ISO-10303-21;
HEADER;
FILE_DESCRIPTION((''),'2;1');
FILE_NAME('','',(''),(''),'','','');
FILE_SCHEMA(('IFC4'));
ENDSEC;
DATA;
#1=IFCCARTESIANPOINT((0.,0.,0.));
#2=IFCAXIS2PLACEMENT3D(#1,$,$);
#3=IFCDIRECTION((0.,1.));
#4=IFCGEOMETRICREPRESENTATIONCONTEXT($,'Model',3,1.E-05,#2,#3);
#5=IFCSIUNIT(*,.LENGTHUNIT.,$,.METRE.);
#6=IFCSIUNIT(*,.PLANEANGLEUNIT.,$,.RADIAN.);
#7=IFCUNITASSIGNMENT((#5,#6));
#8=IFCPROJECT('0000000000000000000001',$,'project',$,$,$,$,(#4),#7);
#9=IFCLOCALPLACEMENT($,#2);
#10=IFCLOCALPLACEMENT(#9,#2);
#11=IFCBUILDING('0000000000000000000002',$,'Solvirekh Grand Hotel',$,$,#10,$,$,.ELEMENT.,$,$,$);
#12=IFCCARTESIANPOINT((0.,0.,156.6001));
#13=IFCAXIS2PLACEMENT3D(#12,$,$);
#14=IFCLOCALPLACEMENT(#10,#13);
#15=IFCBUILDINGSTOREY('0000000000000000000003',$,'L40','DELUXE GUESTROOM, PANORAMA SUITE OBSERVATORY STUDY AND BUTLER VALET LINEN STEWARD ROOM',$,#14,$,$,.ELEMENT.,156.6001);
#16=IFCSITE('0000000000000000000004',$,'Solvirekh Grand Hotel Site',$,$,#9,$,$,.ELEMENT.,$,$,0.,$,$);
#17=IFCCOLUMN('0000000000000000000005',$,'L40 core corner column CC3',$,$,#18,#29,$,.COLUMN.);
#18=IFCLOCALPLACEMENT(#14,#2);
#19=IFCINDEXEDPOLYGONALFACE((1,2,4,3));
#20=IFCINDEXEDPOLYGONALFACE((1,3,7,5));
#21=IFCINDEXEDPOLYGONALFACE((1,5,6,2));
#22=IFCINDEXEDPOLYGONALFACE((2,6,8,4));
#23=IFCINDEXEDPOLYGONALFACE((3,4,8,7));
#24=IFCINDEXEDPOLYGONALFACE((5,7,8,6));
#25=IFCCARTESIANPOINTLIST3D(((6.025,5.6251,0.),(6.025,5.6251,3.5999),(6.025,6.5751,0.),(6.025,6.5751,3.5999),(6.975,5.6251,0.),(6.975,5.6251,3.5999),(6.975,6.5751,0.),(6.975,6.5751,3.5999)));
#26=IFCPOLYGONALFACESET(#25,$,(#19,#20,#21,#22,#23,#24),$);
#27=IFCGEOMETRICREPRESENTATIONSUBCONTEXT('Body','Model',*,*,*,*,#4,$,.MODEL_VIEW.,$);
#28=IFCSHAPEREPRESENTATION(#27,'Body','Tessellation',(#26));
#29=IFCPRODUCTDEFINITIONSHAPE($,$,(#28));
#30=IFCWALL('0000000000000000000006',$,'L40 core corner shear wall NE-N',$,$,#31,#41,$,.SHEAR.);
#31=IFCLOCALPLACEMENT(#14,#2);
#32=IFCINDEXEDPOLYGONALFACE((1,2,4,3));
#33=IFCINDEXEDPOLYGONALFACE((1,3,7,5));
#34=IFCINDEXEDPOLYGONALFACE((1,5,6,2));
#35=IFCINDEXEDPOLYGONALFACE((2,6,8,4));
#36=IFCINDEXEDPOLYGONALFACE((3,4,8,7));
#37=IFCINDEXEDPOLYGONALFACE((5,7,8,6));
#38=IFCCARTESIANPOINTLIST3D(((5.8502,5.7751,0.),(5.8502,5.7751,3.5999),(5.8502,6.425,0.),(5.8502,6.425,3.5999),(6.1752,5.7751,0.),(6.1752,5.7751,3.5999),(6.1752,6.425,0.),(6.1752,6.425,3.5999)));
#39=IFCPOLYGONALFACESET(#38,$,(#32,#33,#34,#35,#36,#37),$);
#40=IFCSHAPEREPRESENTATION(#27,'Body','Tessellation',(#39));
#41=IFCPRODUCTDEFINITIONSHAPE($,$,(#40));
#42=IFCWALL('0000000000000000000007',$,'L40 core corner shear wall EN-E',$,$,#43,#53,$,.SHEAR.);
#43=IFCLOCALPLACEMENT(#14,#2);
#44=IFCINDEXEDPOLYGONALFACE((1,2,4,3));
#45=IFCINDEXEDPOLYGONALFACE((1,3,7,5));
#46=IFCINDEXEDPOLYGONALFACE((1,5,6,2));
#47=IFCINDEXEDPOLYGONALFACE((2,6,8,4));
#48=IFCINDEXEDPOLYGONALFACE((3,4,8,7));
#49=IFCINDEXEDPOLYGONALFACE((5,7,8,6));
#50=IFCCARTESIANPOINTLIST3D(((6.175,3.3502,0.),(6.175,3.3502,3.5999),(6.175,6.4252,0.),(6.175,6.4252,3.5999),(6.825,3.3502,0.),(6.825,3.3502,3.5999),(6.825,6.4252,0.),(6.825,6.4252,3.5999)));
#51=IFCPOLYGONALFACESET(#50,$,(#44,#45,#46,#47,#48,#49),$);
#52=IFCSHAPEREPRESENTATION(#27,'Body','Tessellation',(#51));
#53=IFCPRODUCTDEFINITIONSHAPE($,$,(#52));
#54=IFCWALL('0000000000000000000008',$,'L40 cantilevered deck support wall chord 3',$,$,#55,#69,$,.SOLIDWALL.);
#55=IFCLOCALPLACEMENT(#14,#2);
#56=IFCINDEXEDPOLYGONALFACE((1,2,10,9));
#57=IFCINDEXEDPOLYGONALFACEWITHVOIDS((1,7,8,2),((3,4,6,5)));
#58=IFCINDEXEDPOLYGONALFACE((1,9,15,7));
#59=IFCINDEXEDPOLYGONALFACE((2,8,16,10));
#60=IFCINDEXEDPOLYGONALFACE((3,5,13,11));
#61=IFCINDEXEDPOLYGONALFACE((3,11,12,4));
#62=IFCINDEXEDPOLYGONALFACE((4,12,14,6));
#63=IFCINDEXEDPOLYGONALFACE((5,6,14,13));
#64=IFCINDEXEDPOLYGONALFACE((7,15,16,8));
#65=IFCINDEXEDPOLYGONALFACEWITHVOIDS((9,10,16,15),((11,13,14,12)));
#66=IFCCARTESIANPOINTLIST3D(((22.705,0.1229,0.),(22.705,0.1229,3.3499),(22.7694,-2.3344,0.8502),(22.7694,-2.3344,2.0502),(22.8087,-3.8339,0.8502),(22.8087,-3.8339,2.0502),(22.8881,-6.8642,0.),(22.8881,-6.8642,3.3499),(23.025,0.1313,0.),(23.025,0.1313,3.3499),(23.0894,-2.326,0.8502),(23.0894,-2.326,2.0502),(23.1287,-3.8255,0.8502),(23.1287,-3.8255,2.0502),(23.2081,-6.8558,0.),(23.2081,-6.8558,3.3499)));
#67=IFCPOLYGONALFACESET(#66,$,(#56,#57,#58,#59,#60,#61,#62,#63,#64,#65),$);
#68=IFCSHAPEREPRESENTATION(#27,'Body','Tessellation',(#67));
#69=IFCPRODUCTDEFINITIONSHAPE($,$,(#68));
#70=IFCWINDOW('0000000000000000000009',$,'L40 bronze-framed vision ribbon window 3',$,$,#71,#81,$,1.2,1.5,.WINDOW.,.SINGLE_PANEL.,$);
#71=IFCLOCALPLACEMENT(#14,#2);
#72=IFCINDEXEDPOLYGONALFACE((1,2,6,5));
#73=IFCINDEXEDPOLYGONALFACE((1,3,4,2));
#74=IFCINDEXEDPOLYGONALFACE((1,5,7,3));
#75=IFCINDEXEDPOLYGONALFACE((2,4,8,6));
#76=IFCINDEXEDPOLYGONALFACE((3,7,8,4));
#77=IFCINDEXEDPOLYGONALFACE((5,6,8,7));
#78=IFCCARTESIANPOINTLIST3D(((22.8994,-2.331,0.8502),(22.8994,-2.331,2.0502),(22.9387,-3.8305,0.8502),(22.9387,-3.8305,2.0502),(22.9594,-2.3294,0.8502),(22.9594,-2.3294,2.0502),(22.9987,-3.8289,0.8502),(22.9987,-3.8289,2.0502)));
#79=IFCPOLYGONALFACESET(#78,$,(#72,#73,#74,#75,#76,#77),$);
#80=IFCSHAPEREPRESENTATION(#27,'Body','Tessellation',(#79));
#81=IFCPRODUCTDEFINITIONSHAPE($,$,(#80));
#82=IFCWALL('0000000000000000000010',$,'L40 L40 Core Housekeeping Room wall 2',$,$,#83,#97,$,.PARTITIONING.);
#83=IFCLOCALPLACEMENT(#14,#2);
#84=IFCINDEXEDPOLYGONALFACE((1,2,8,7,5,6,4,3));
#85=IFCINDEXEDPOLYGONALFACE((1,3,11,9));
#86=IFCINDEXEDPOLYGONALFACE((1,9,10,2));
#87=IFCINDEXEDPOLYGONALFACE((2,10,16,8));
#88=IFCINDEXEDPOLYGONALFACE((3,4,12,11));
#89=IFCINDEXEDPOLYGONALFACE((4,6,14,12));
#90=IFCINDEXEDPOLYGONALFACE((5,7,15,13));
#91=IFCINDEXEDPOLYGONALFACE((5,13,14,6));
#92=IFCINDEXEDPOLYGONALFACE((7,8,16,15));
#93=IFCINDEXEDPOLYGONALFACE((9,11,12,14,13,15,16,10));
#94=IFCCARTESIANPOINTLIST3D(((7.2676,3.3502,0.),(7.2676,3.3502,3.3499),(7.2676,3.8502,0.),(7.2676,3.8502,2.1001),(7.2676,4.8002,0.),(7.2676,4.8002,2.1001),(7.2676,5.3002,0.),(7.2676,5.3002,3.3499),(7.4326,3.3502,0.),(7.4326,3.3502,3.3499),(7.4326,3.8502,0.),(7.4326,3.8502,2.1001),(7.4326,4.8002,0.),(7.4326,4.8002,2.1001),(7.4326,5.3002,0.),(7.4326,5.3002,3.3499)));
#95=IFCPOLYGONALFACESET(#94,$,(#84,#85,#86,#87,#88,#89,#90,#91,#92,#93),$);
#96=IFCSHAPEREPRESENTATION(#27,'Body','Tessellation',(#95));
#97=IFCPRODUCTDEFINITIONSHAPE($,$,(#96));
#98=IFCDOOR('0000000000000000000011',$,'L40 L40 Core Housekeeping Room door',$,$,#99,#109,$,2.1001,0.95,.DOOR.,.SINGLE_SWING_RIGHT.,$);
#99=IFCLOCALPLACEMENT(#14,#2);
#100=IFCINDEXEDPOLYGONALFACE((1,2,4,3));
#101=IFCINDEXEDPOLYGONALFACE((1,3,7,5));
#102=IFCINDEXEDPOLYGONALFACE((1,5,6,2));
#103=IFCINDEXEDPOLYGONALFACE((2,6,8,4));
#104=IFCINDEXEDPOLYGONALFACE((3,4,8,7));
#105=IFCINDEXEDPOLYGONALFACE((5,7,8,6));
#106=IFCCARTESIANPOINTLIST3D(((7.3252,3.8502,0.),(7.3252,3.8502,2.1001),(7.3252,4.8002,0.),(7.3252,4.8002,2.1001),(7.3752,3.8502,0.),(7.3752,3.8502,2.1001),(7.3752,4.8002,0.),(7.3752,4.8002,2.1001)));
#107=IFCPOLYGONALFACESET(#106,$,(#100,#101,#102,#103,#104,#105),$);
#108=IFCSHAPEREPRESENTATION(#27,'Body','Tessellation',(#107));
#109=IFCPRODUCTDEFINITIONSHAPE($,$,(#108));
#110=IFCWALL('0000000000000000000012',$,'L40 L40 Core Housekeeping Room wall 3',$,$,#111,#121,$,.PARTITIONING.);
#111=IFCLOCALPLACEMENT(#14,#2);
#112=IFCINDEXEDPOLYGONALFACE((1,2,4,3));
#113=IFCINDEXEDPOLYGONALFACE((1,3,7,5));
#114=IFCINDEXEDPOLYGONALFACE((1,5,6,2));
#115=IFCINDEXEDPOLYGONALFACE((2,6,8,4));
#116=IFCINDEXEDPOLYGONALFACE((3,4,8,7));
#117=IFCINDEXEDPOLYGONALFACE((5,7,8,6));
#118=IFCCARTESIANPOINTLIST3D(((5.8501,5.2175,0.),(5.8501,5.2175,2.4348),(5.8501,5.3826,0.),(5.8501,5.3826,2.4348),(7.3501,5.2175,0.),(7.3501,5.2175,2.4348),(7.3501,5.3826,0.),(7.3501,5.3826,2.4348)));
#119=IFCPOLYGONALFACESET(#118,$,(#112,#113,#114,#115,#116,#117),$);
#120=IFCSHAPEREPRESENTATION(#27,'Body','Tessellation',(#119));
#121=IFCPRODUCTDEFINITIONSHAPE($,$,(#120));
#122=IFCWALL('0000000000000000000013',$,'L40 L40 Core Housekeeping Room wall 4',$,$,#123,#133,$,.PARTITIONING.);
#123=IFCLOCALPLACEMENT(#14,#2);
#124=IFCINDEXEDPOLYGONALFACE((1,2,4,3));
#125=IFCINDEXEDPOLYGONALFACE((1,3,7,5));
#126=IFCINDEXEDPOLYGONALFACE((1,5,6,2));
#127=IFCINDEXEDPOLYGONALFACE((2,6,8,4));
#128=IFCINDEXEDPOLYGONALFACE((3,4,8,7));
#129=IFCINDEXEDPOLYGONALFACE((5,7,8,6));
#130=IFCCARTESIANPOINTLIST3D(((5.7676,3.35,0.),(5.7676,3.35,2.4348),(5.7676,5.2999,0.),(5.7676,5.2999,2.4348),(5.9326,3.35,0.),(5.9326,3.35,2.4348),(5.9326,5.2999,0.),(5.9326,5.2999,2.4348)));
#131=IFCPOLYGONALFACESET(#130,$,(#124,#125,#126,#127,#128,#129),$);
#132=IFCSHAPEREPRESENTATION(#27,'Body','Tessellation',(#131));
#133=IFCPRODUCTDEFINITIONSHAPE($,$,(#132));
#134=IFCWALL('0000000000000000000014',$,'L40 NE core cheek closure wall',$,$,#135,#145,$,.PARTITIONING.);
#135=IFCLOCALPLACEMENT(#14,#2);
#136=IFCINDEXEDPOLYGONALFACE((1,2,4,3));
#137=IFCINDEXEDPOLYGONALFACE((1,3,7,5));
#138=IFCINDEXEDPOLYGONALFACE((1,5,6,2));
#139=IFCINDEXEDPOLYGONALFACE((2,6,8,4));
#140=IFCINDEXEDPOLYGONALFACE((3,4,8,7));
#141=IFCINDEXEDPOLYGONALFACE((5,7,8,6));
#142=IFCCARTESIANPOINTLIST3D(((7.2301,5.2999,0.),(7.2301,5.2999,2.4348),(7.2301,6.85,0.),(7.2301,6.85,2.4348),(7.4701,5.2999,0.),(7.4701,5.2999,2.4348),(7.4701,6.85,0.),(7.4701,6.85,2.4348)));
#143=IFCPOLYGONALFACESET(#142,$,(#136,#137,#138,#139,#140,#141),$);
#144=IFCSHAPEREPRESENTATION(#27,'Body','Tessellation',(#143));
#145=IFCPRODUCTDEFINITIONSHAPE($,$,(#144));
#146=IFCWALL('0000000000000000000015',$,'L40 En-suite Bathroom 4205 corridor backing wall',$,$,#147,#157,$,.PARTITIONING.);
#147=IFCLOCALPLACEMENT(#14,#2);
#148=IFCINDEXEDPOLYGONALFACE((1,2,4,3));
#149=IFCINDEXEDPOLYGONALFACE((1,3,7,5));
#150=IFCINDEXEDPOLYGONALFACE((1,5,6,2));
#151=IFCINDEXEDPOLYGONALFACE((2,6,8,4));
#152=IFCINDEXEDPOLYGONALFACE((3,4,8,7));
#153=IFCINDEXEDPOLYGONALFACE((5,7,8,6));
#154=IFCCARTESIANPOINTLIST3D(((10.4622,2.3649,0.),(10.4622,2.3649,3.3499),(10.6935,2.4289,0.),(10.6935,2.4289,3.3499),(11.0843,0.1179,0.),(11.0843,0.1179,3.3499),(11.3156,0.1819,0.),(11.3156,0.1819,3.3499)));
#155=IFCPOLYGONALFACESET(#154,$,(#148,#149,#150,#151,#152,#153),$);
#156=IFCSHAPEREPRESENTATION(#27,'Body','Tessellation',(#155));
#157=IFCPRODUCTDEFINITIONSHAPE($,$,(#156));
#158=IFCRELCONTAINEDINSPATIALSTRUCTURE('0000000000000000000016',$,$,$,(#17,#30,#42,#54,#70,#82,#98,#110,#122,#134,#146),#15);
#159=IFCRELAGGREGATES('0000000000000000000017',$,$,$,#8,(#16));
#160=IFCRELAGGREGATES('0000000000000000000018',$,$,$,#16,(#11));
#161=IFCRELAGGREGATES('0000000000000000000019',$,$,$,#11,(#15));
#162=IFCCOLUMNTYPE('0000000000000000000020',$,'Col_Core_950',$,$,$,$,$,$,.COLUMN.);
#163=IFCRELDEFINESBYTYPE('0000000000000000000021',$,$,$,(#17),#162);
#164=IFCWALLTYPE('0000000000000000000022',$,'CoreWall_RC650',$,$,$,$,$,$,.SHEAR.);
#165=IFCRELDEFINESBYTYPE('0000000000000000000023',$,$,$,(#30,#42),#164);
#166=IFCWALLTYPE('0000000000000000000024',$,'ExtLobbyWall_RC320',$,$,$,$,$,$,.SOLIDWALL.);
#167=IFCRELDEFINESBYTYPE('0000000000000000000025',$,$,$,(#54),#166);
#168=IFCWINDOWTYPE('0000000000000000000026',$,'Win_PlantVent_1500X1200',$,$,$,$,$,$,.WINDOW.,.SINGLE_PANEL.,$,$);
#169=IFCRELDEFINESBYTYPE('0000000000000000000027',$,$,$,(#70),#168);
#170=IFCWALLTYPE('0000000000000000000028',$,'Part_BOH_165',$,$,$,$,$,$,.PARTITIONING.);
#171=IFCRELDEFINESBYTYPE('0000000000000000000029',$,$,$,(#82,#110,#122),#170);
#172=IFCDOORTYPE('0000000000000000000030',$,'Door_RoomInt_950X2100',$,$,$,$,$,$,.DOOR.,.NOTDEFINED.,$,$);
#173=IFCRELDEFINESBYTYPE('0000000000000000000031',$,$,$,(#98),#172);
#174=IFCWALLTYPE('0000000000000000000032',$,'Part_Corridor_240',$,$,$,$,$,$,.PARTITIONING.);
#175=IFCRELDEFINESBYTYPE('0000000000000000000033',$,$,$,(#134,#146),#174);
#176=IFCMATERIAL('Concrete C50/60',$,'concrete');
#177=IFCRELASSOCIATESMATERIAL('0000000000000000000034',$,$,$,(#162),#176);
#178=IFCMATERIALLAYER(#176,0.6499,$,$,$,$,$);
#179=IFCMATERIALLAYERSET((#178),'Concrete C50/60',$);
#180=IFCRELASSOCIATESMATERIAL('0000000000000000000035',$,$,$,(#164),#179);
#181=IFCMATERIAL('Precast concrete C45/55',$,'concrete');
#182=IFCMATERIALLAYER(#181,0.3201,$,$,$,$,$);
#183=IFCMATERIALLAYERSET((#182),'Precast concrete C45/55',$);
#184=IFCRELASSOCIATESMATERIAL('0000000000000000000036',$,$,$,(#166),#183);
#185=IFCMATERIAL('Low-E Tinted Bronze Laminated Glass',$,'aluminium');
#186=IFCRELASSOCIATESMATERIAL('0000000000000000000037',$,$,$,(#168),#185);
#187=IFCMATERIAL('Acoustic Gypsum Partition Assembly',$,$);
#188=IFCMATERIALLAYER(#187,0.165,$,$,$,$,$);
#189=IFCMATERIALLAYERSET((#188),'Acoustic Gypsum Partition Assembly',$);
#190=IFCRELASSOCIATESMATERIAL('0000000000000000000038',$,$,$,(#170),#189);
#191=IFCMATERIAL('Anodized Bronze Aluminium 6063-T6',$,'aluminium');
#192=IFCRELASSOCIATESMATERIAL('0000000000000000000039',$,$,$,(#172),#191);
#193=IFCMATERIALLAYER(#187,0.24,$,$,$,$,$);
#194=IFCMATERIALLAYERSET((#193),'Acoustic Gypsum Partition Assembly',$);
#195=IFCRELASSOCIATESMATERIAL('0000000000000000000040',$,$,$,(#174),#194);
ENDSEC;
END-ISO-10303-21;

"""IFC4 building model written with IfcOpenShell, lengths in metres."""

from ifc_helpers import new_model, si_unit, direction, frame, frame_2d, origin, origin_2d, place, context, subcontext, project, spatial, rectangle, extrude, material, layer, layer_set, material_profile, profile_set, type_object, element, fill, save


model = new_model("IFC4")

# Units and contexts
model_context = context("Model", 3, precision=1e-05, world=origin(), true_north=direction((0.0, 1.0)))
body_context = subcontext(model_context, "Body", "Model", "MODEL_VIEW")
ifc_project = project(units=[si_unit("LENGTHUNIT", "METRE"), si_unit("PLANEANGLEUNIT", "RADIAN")], contexts=[model_context])

# Site, building, storey
site_placement = place(None, origin())
site = spatial("IfcSite", under=ifc_project, at=site_placement, Name="Solvirekh Grand Hotel Site", CompositionType="ELEMENT", RefElevation=0.0)
building_placement = place(site_placement, origin())
building = spatial("IfcBuilding", under=site, at=building_placement, Name="Solvirekh Grand Hotel", CompositionType="ELEMENT")
storey_placement = place(building_placement, frame((0.0, 0.0, 156.6001)))
storey = spatial("IfcBuildingStorey", under=building, at=storey_placement, Name="L40", Description="DELUXE GUESTROOM, PANORAMA SUITE OBSERVATORY STUDY AND BUTLER VALET LINEN STEWARD ROOM", CompositionType="ELEMENT", Elevation=156.6001)

# Column
ifc_material_1 = material(Name="Concrete C50/60", Category="concrete")
ifc_material_profile = material_profile(ifc_material_1, rectangle(XDim=0.95, YDim=0.95, at=origin_2d()), Name="RC 950X950")
ifc_profile_set = profile_set([ifc_material_profile], Name="Concrete C50/60")
column_type = type_object("IfcColumnType", Name="Col_Core_950", PredefinedType="COLUMN", material=ifc_profile_set)
column_placement = place(storey_placement, frame((6.5, 6.1001, 0.0), z_axis=(0.0, 0.0, 1.0), x_axis=(1.0, 0.0, 0.0)))
element("IfcColumn", 1, at=column_placement, inside=storey, type_object=column_type, Name="L40 core corner column CC3", PredefinedType="COLUMN", context=body_context, shape_type="SweptSolid", body=[
    extrude(rectangle(XDim=0.95, YDim=0.95, at=origin_2d()), origin(), (0.0, 0.0, 1.0), 3.5999),
])

# Walls
ifc_layer_1 = layer(ifc_material_1, 0.6499)
ifc_layer_set_1 = layer_set([ifc_layer_1], Name="Concrete C50/60")
wall_type_1 = type_object("IfcWallType", Name="CoreWall_RC650", PredefinedType="SHEAR", material=ifc_layer_set_1)
wall_1_placement = place(storey_placement, frame((5.8501, 6.1001, 0.0), z_axis=(0.0, 0.0, 1.0), x_axis=(1.0, 0.0, 0.0)))
element("IfcWall", 2, at=wall_1_placement, inside=storey, type_object=wall_type_1, Name="L40 core corner shear wall NE-N", PredefinedType="SHEAR", context=body_context, shape_type="SweptSolid", body=[
    extrude(rectangle(XDim=0.325, YDim=0.6499, at=frame_2d((0.1626, 0.0))), origin(), (0.0, 0.0, 1.0), 3.5999),
])
wall_2_placement = place(storey_placement, frame((6.5, 3.3501, 0.0), z_axis=(0.0, 0.0, 1.0), x_axis=(0.0, 1.0, 0.0)))
element("IfcWall", 3, at=wall_2_placement, inside=storey, type_object=wall_type_1, Name="L40 core corner shear wall EN-E", PredefinedType="SHEAR", context=body_context, shape_type="SweptSolid", body=[
    extrude(rectangle(XDim=3.075, YDim=0.6499, at=frame_2d((1.5376, 0.0))), origin(), (0.0, 0.0, 1.0), 3.5999),
])

# Wall, opening, window
ifc_material_2 = material(Name="Precast concrete C45/55", Category="concrete")
ifc_layer_2 = layer(ifc_material_2, 0.3201)
ifc_layer_set_2 = layer_set([ifc_layer_2], Name="Precast concrete C45/55")
wall_type_2 = type_object("IfcWallType", Name="ExtLobbyWall_RC320", PredefinedType="SOLIDWALL", material=ifc_layer_set_2)
wall_3_placement = place(storey_placement, frame((22.865, 0.127, 0.0), z_axis=(0.0, 0.0, 1.0), x_axis=(0.026197, -0.999657, 0.0)))
wall_3 = element("IfcWall", 4, at=wall_3_placement, inside=storey, type_object=wall_type_2, Name="L40 cantilevered deck support wall chord 3", PredefinedType="SOLIDWALL", context=body_context, shape_type="SweptSolid", body=[
    extrude(rectangle(XDim=6.9895, YDim=0.3201, at=frame_2d((3.4946, 0.0))), origin(), (0.0, 0.0, 1.0), 3.3499),
])
opening_1_placement = place(wall_3_placement, frame((2.458, 0.0, 0.8501)))
opening_1 = element("IfcOpeningElement", 5, at=opening_1_placement, cuts=wall_3, PredefinedType="OPENING", context=body_context, shape_type="SweptSolid", body=[
    extrude(rectangle(XDim=1.5, YDim=1.2, at=frame_2d((0.75, 0.6001))), frame((0.0, 0.1699, 0.0), z_axis=(0.0, -1.0, 0.0), x_axis=(1.0, 0.0, 0.0)), (0.0, 0.0, 1.0), 0.3401),
])
ifc_material_3 = material(Name="Low-E Tinted Bronze Laminated Glass", Category="aluminium")
window_type = type_object("IfcWindowType", Name="Win_PlantVent_1500X1200", PartitioningType="SINGLE_PANEL", PredefinedType="WINDOW", material=ifc_material_3)
window_placement = place(opening_1_placement, origin())
window = element("IfcWindow", 6, at=window_placement, inside=storey, type_object=window_type, Name="L40 bronze-framed vision ribbon window 3", OverallHeight=1.2, OverallWidth=1.5, PartitioningType="SINGLE_PANEL", PredefinedType="WINDOW", context=body_context, shape_type="SweptSolid", body=[
    extrude(rectangle(XDim=1.5, YDim=1.2, at=frame_2d((0.75, 0.6001))), frame((0.0, 0.03, 0.0), z_axis=(0.0, -1.0, 0.0), x_axis=(1.0, 0.0, 0.0)), (0.0, 0.0, 1.0), 0.0601),
])
fill(opening_1, window)

# Wall, opening, door
ifc_material_4 = material(Name="Acoustic Gypsum Partition Assembly")
ifc_layer_3 = layer(ifc_material_4, 0.165)
ifc_layer_set_3 = layer_set([ifc_layer_3], Name="Acoustic Gypsum Partition Assembly")
wall_type_3 = type_object("IfcWallType", Name="Part_BOH_165", PredefinedType="PARTITIONING", material=ifc_layer_set_3)
wall_4_placement = place(storey_placement, frame((7.3501, 3.3501, 0.0), z_axis=(0.0, 0.0, 1.0), x_axis=(0.0, 1.0, 0.0)))
wall_4 = element("IfcWall", 7, at=wall_4_placement, inside=storey, type_object=wall_type_3, Name="L40 L40 Core Housekeeping Room wall 2", PredefinedType="PARTITIONING", context=body_context, shape_type="SweptSolid", body=[
    extrude(rectangle(XDim=1.95, YDim=0.165, at=frame_2d((0.9751, 0.0))), origin(), (0.0, 0.0, 1.0), 3.3499),
])
opening_2_placement = place(wall_4_placement, frame((0.5, 0.0, 0.0)))
opening_2 = element("IfcOpeningElement", 8, at=opening_2_placement, cuts=wall_4, PredefinedType="OPENING", context=body_context, shape_type="SweptSolid", body=[
    extrude(rectangle(XDim=0.95, YDim=2.1001, at=frame_2d((0.4751, 1.05))), frame((0.0, 0.0925, 0.0), z_axis=(0.0, -1.0, 0.0), x_axis=(1.0, 0.0, 0.0)), (0.0, 0.0, 1.0), 0.1851),
])
ifc_material_5 = material(Name="Anodized Bronze Aluminium 6063-T6", Category="aluminium")
door_type_1 = type_object("IfcDoorType", Name="Door_RoomInt_950X2100", OperationType="NOTDEFINED", PredefinedType="DOOR", material=ifc_material_5)
door_1_placement = place(opening_2_placement, origin())
door_1 = element("IfcDoor", 9, at=door_1_placement, inside=storey, type_object=door_type_1, Name="L40 L40 Core Housekeeping Room door", OperationType="SINGLE_SWING_RIGHT", OverallHeight=2.1001, OverallWidth=0.95, PredefinedType="DOOR", context=body_context, shape_type="SweptSolid", body=[
    extrude(rectangle(XDim=0.95, YDim=2.1001, at=frame_2d((0.4751, 1.05))), frame((0.0, 0.0249, 0.0), z_axis=(0.0, -1.0, 0.0), x_axis=(1.0, 0.0, 0.0)), (0.0, 0.0, 1.0), 0.05),
])
fill(opening_2, door_1)

# Walls
wall_5_placement = place(storey_placement, frame((7.3501, 5.3, 0.0), z_axis=(0.0, 0.0, 1.0), x_axis=(-1.0, 0.0, 0.0)))
element("IfcWall", 10, at=wall_5_placement, inside=storey, type_object=wall_type_3, Name="L40 L40 Core Housekeeping Room wall 3", PredefinedType="PARTITIONING", context=body_context, shape_type="SweptSolid", body=[
    extrude(rectangle(XDim=1.5, YDim=0.165, at=frame_2d((0.75, 0.0))), origin(), (0.0, 0.0, 1.0), 2.4348),
])
wall_6_placement = place(storey_placement, frame((5.8501, 5.3, 0.0), z_axis=(0.0, 0.0, 1.0), x_axis=(0.0, -1.0, 0.0)))
element("IfcWall", 11, at=wall_6_placement, inside=storey, type_object=wall_type_3, Name="L40 L40 Core Housekeeping Room wall 4", PredefinedType="PARTITIONING", context=body_context, shape_type="SweptSolid", body=[
    extrude(rectangle(XDim=1.95, YDim=0.165, at=frame_2d((0.9751, 0.0))), origin(), (0.0, 0.0, 1.0), 2.4348),
])
ifc_layer_4 = layer(ifc_material_4, 0.24)
ifc_layer_set_4 = layer_set([ifc_layer_4], Name="Acoustic Gypsum Partition Assembly")
wall_type_4 = type_object("IfcWallType", Name="Part_Corridor_240", PredefinedType="PARTITIONING", material=ifc_layer_set_4)
wall_7_placement = place(storey_placement, frame((7.3501, 5.3, 0.0), z_axis=(0.0, 0.0, 1.0), x_axis=(0.0, 1.0, 0.0)))
element("IfcWall", 12, at=wall_7_placement, inside=storey, type_object=wall_type_4, Name="L40 NE core cheek closure wall", PredefinedType="PARTITIONING", context=body_context, shape_type="SweptSolid", body=[
    extrude(rectangle(XDim=1.55, YDim=0.24, at=frame_2d((0.7749, 0.0))), origin(), (0.0, 0.0, 1.0), 2.4348),
])
wall_8_placement = place(storey_placement, frame((11.2, 0.1499, 0.0), z_axis=(0.0, 0.0, 1.0), x_axis=(-0.266801, 0.963752, 0.0)))
element("IfcWall", 13, at=wall_8_placement, inside=storey, type_object=wall_type_4, Name="L40 En-suite Bathroom 4205 corridor backing wall", PredefinedType="PARTITIONING", context=body_context, shape_type="SweptSolid", body=[
    extrude(rectangle(XDim=2.3315, YDim=0.24, at=frame_2d((1.1658, 0.0))), origin(), (0.0, 0.0, 1.0), 3.3499),
])

save(model, "model.ifc")
